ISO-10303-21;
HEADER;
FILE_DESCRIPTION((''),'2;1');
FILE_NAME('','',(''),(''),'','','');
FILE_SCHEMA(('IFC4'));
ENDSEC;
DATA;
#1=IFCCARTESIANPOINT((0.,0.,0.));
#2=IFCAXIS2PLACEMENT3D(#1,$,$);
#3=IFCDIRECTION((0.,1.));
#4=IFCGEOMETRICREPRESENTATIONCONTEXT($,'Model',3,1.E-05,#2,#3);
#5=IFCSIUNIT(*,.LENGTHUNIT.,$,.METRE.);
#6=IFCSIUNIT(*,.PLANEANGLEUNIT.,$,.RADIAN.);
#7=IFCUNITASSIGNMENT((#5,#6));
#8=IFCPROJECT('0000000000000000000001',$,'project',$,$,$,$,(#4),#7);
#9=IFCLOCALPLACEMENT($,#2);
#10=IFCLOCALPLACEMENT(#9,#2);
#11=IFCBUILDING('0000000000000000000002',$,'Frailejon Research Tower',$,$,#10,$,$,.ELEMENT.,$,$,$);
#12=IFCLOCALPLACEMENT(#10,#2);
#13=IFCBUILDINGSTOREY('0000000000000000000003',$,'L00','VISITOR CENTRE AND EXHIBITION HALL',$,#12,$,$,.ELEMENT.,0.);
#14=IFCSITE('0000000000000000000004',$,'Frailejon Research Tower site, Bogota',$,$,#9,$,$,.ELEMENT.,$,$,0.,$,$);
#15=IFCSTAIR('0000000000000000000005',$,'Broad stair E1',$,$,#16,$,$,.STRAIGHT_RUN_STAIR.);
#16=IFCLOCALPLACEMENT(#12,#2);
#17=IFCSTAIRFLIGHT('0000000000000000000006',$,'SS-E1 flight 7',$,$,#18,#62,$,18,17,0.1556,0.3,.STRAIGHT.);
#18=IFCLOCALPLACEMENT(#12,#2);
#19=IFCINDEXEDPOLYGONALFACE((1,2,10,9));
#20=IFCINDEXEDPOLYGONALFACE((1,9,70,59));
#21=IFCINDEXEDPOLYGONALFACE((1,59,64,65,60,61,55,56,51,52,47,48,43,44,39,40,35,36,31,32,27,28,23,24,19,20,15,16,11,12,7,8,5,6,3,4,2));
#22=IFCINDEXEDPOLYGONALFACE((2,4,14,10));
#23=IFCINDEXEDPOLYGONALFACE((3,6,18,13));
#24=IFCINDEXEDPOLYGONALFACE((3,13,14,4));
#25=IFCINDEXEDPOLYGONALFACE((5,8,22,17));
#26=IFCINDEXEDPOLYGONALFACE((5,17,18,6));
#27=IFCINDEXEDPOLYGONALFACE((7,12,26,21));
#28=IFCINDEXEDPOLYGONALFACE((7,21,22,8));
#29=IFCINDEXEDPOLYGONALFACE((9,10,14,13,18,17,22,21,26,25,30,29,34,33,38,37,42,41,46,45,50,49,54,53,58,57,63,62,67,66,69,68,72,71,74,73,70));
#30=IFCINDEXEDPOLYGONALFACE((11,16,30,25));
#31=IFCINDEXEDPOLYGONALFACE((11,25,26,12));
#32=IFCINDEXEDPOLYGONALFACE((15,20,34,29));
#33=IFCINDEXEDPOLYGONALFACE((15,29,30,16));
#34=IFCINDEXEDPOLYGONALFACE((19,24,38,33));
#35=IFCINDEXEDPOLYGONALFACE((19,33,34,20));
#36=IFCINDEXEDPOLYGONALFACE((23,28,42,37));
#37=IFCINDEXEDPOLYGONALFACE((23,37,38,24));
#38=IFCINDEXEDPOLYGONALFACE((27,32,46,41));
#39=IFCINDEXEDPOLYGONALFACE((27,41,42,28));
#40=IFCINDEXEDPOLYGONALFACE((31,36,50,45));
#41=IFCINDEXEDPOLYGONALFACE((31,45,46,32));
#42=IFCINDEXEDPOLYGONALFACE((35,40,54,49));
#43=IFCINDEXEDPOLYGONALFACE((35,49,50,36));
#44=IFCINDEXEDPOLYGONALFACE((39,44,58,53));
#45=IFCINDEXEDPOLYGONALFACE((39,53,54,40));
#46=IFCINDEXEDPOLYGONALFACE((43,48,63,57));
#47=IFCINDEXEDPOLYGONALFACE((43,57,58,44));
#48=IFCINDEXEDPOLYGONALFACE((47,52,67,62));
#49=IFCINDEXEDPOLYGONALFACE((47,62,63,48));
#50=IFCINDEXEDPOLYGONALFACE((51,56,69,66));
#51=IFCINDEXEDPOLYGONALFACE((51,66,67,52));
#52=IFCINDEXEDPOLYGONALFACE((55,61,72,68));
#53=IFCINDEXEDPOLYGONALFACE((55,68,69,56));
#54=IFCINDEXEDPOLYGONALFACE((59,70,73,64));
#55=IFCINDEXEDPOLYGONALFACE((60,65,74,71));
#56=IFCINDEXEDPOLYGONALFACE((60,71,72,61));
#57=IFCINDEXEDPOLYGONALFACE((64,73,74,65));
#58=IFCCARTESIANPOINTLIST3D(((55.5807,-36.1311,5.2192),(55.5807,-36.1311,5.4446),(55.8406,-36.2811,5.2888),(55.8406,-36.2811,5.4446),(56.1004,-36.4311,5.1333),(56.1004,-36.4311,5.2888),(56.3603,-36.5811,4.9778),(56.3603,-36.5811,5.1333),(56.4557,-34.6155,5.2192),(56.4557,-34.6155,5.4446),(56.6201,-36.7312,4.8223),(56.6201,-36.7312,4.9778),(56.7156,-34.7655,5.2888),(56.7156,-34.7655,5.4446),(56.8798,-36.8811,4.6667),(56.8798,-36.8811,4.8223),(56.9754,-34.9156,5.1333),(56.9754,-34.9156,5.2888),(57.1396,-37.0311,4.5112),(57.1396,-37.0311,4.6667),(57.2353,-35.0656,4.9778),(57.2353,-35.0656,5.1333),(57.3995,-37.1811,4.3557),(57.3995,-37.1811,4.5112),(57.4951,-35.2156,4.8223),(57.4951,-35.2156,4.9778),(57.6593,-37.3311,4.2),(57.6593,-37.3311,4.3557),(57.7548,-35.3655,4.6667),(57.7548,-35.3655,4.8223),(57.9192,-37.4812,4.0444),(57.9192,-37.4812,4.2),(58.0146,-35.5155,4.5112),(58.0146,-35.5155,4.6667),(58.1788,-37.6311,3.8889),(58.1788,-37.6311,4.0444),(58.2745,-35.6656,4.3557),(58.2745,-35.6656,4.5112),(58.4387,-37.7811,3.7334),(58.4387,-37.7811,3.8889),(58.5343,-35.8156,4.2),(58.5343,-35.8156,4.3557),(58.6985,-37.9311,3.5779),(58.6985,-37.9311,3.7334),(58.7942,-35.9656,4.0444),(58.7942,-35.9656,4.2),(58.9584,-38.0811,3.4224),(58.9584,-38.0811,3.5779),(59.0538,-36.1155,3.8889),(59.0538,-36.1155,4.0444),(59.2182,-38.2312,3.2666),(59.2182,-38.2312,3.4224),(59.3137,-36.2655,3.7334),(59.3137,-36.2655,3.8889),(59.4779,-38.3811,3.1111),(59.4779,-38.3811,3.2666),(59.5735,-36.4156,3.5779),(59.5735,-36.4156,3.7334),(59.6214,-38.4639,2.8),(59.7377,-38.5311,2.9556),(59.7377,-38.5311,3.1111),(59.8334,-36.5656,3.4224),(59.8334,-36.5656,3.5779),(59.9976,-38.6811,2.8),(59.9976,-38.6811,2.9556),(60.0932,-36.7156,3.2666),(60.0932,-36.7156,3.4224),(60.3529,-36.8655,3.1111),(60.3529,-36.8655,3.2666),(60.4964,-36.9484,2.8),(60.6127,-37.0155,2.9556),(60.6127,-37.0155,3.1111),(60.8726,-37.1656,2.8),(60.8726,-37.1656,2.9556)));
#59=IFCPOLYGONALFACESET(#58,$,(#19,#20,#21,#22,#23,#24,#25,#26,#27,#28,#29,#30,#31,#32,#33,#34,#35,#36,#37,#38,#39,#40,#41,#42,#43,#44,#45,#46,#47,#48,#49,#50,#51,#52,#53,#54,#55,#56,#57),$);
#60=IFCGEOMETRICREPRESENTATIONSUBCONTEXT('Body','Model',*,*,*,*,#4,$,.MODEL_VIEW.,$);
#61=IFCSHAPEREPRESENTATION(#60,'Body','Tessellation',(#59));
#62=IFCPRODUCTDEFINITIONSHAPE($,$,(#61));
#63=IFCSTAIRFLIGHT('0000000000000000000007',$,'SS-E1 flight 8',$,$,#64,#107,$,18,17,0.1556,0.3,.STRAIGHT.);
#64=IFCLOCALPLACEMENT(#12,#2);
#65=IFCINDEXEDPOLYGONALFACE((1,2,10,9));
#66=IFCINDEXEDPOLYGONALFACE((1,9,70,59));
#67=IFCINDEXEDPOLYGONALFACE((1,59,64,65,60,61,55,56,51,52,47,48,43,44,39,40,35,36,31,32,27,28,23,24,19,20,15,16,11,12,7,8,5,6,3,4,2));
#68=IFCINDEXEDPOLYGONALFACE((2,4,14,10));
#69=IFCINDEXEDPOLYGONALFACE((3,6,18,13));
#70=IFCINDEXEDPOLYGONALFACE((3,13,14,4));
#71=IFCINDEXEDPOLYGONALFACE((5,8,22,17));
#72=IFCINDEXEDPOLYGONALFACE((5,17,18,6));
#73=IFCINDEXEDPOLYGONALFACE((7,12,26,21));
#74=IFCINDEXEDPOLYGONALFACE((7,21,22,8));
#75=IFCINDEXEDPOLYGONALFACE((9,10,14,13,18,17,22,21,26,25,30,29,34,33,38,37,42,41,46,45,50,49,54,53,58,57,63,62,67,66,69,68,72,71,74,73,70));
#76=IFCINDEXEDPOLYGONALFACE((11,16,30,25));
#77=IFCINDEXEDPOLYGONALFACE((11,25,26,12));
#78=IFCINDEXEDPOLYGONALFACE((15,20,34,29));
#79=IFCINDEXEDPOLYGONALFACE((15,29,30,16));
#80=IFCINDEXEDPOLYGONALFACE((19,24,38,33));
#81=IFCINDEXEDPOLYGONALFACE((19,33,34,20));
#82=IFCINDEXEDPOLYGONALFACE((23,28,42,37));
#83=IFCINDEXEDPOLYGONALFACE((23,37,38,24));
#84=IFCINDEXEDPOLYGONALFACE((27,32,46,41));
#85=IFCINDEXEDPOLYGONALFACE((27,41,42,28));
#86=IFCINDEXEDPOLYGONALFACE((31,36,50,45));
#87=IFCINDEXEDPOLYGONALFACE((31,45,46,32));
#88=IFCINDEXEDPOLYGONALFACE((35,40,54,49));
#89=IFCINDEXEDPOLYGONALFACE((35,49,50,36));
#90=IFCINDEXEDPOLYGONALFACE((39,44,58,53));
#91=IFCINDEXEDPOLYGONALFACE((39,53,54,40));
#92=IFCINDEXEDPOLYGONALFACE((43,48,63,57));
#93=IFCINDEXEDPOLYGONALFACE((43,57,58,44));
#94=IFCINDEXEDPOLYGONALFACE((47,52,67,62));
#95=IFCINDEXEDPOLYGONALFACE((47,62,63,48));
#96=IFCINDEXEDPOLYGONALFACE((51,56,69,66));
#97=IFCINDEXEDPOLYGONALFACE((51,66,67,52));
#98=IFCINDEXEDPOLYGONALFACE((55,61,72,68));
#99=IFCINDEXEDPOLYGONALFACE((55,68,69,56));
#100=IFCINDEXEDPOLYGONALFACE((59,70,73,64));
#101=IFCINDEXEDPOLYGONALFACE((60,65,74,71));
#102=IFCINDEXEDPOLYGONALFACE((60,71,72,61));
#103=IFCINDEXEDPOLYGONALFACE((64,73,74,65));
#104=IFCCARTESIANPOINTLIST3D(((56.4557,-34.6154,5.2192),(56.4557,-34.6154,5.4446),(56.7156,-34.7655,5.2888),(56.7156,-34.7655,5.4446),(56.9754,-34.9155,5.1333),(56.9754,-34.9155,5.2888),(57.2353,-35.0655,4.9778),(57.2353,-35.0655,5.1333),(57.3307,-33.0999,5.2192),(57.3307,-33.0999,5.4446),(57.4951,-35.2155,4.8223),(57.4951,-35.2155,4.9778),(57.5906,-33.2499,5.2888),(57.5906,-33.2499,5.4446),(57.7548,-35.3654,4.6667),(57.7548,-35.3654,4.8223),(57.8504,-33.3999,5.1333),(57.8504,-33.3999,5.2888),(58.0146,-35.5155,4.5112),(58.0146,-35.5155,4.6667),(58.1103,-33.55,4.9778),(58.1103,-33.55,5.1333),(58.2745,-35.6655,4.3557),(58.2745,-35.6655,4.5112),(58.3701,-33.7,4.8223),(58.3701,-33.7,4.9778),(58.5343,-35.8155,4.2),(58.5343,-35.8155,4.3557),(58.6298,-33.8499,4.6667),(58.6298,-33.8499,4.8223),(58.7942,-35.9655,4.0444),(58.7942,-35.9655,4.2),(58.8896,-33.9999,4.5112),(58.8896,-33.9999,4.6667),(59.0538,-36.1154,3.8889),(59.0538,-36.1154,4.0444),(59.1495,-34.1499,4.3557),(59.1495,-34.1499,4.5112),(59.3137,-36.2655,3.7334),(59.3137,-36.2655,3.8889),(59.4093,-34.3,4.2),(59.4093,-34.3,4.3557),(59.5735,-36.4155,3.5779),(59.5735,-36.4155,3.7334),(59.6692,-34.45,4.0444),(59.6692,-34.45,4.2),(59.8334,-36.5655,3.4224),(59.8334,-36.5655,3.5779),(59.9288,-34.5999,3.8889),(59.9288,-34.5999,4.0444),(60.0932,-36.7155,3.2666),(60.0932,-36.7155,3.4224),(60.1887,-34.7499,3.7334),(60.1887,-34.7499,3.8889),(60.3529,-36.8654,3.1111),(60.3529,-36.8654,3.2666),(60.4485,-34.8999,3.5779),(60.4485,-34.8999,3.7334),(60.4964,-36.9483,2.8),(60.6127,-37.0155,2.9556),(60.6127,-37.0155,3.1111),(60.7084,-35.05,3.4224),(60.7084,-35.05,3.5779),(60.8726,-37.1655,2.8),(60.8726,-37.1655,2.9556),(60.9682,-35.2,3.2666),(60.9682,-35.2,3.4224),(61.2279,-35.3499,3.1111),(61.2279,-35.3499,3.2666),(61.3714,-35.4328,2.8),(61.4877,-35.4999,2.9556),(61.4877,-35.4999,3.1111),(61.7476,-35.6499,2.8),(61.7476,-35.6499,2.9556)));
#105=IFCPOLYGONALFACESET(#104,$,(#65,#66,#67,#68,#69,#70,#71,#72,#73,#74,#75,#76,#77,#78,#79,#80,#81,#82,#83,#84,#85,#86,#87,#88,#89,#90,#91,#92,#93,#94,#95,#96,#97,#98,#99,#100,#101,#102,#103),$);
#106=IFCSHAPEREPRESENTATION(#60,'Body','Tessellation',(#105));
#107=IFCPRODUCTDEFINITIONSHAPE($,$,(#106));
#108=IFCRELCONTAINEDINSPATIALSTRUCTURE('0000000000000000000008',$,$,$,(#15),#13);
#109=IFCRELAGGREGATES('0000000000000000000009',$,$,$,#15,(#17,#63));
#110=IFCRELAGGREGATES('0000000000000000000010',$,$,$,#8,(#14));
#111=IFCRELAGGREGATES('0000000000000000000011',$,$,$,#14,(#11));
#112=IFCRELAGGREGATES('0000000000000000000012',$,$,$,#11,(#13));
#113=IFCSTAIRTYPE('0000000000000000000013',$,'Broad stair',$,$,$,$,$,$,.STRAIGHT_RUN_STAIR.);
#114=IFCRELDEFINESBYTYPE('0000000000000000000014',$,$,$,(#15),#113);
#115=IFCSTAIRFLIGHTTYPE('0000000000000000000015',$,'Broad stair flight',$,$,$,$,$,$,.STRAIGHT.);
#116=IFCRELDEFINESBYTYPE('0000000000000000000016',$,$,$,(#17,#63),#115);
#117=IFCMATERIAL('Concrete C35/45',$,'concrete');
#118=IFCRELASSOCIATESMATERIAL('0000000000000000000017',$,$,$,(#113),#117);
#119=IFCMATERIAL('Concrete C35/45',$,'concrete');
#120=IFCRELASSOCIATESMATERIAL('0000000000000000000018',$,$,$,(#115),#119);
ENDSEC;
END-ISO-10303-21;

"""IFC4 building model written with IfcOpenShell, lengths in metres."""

from ifc_helpers import new_model, si_unit, direction, frame, origin, place, context, subcontext, project, spatial, polyline, outline, extrude, material, type_object, element, aggregate, save


model = new_model("IFC4")

# Units and contexts
model_context = context("Model", 3, precision=1e-05, world=origin(), true_north=direction((0.0, 1.0)))
body_context = subcontext(model_context, "Body", "Model", "MODEL_VIEW")
ifc_project = project(units=[si_unit("LENGTHUNIT", "METRE"), si_unit("PLANEANGLEUNIT", "RADIAN")], contexts=[model_context])

# Site, building, storey
site_placement = place(None, origin())
site = spatial("IfcSite", under=ifc_project, at=site_placement, Name="Frailejon Research Tower site, Bogota", CompositionType="ELEMENT", RefElevation=0.0)
building_placement = place(site_placement, origin())
building = spatial("IfcBuilding", under=site, at=building_placement, Name="Frailejon Research Tower", CompositionType="ELEMENT")
storey_placement = place(building_placement, origin())
storey = spatial("IfcBuildingStorey", under=building, at=storey_placement, Name="L00", Description="VISITOR CENTRE AND EXHIBITION HALL", CompositionType="ELEMENT", Elevation=0.0)

# Stair, stair flights
ifc_material_1 = material(Name="Concrete C35/45", Category="concrete")
stair_type = type_object("IfcStairType", Name="Broad stair", PredefinedType="STRAIGHT_RUN_STAIR", material=ifc_material_1)
stair_placement = place(storey_placement, origin())
stair = element("IfcStair", 1, at=stair_placement, inside=storey, type_object=stair_type, Name="Broad stair E1", PredefinedType="STRAIGHT_RUN_STAIR")
ifc_material_2 = material(Name="Concrete C35/45", Category="concrete")
stair_flight_type = type_object("IfcStairFlightType", Name="Broad stair flight", PredefinedType="STRAIGHT", material=ifc_material_2)
stair_flight_1_placement = place(storey_placement, frame((60.4351, -37.9233, 2.8), z_axis=(0.0, 0.0, 1.0), x_axis=(-0.866025, 0.5, 0.0)))
stair_flight_1 = element("IfcStairFlight", 2, at=stair_flight_1_placement, type_object=stair_flight_type, Name="SS-E1 flight 7", NumberOfRisers=18, NumberOfTreads=17, PredefinedType="STRAIGHT", RiserHeight=0.1556, TreadLength=0.3, context=body_context, shape_type="SweptSolid", body=[
    extrude(outline(polyline([(0.0, 0.0), (0.0, 0.1555), (0.3, 0.1555), (0.3, 0.311), (0.6001, 0.311), (0.6001, 0.4666), (0.8999, 0.4666), (0.8999, 0.6223), (1.2, 0.6223), (1.2, 0.7778), (1.5, 0.7778), (1.5, 0.9333), (1.8, 0.9333), (1.8, 1.0889), (2.1001, 1.0889), (2.1001, 1.2444), (2.3999, 1.2444), (2.3999, 1.3999), (2.7, 1.3999), (2.7, 1.5557), (3.0, 1.5557), (3.0, 1.7112), (3.3, 1.7112), (3.3, 1.8667), (3.6001, 1.8667), (3.6001, 2.0222), (3.8999, 2.0222), (3.8999, 2.1777), (4.2, 2.1777), (4.2, 2.3333), (4.5, 2.3333), (4.5, 2.4888), (4.8, 2.4888), (4.8, 2.6445), (5.1001, 2.6445), (5.1001, 2.8), (5.1001, 2.4192), (0.4343, 0.0), (0.0, 0.0)])), frame((0.0, 0.875, 0.0), z_axis=(0.0, -1.0, 0.0), x_axis=(1.0, 0.0, 0.0)), (0.0, 0.0, 1.0), 1.75),
])
stair_flight_2_placement = place(storey_placement, frame((61.3101, -36.4077, 2.8), z_axis=(0.0, 0.0, 1.0), x_axis=(-0.866025, 0.5, 0.0)))
stair_flight_2 = element("IfcStairFlight", 3, at=stair_flight_2_placement, type_object=stair_flight_type, Name="SS-E1 flight 8", NumberOfRisers=18, NumberOfTreads=17, PredefinedType="STRAIGHT", RiserHeight=0.1556, TreadLength=0.3, context=body_context, shape_type="SweptSolid", body=[
    extrude(outline(polyline([(0.0, 0.0), (0.0, 0.1555), (0.3, 0.1555), (0.3, 0.311), (0.6001, 0.311), (0.6001, 0.4666), (0.8999, 0.4666), (0.8999, 0.6223), (1.2, 0.6223), (1.2, 0.7778), (1.5, 0.7778), (1.5, 0.9333), (1.8, 0.9333), (1.8, 1.0889), (2.1001, 1.0889), (2.1001, 1.2444), (2.3999, 1.2444), (2.3999, 1.3999), (2.7, 1.3999), (2.7, 1.5557), (3.0, 1.5557), (3.0, 1.7112), (3.3, 1.7112), (3.3, 1.8667), (3.6001, 1.8667), (3.6001, 2.0222), (3.8999, 2.0222), (3.8999, 2.1777), (4.2, 2.1777), (4.2, 2.3333), (4.5, 2.3333), (4.5, 2.4888), (4.8, 2.4888), (4.8, 2.6445), (5.1001, 2.6445), (5.1001, 2.8), (5.1001, 2.4192), (0.4343, 0.0), (0.0, 0.0)])), frame((0.0, 0.875, 0.0), z_axis=(0.0, -1.0, 0.0), x_axis=(1.0, 0.0, 0.0)), (0.0, 0.0, 1.0), 1.75),
])
aggregate(stair, [stair_flight_1, stair_flight_2])

save(model, "model.ifc")
